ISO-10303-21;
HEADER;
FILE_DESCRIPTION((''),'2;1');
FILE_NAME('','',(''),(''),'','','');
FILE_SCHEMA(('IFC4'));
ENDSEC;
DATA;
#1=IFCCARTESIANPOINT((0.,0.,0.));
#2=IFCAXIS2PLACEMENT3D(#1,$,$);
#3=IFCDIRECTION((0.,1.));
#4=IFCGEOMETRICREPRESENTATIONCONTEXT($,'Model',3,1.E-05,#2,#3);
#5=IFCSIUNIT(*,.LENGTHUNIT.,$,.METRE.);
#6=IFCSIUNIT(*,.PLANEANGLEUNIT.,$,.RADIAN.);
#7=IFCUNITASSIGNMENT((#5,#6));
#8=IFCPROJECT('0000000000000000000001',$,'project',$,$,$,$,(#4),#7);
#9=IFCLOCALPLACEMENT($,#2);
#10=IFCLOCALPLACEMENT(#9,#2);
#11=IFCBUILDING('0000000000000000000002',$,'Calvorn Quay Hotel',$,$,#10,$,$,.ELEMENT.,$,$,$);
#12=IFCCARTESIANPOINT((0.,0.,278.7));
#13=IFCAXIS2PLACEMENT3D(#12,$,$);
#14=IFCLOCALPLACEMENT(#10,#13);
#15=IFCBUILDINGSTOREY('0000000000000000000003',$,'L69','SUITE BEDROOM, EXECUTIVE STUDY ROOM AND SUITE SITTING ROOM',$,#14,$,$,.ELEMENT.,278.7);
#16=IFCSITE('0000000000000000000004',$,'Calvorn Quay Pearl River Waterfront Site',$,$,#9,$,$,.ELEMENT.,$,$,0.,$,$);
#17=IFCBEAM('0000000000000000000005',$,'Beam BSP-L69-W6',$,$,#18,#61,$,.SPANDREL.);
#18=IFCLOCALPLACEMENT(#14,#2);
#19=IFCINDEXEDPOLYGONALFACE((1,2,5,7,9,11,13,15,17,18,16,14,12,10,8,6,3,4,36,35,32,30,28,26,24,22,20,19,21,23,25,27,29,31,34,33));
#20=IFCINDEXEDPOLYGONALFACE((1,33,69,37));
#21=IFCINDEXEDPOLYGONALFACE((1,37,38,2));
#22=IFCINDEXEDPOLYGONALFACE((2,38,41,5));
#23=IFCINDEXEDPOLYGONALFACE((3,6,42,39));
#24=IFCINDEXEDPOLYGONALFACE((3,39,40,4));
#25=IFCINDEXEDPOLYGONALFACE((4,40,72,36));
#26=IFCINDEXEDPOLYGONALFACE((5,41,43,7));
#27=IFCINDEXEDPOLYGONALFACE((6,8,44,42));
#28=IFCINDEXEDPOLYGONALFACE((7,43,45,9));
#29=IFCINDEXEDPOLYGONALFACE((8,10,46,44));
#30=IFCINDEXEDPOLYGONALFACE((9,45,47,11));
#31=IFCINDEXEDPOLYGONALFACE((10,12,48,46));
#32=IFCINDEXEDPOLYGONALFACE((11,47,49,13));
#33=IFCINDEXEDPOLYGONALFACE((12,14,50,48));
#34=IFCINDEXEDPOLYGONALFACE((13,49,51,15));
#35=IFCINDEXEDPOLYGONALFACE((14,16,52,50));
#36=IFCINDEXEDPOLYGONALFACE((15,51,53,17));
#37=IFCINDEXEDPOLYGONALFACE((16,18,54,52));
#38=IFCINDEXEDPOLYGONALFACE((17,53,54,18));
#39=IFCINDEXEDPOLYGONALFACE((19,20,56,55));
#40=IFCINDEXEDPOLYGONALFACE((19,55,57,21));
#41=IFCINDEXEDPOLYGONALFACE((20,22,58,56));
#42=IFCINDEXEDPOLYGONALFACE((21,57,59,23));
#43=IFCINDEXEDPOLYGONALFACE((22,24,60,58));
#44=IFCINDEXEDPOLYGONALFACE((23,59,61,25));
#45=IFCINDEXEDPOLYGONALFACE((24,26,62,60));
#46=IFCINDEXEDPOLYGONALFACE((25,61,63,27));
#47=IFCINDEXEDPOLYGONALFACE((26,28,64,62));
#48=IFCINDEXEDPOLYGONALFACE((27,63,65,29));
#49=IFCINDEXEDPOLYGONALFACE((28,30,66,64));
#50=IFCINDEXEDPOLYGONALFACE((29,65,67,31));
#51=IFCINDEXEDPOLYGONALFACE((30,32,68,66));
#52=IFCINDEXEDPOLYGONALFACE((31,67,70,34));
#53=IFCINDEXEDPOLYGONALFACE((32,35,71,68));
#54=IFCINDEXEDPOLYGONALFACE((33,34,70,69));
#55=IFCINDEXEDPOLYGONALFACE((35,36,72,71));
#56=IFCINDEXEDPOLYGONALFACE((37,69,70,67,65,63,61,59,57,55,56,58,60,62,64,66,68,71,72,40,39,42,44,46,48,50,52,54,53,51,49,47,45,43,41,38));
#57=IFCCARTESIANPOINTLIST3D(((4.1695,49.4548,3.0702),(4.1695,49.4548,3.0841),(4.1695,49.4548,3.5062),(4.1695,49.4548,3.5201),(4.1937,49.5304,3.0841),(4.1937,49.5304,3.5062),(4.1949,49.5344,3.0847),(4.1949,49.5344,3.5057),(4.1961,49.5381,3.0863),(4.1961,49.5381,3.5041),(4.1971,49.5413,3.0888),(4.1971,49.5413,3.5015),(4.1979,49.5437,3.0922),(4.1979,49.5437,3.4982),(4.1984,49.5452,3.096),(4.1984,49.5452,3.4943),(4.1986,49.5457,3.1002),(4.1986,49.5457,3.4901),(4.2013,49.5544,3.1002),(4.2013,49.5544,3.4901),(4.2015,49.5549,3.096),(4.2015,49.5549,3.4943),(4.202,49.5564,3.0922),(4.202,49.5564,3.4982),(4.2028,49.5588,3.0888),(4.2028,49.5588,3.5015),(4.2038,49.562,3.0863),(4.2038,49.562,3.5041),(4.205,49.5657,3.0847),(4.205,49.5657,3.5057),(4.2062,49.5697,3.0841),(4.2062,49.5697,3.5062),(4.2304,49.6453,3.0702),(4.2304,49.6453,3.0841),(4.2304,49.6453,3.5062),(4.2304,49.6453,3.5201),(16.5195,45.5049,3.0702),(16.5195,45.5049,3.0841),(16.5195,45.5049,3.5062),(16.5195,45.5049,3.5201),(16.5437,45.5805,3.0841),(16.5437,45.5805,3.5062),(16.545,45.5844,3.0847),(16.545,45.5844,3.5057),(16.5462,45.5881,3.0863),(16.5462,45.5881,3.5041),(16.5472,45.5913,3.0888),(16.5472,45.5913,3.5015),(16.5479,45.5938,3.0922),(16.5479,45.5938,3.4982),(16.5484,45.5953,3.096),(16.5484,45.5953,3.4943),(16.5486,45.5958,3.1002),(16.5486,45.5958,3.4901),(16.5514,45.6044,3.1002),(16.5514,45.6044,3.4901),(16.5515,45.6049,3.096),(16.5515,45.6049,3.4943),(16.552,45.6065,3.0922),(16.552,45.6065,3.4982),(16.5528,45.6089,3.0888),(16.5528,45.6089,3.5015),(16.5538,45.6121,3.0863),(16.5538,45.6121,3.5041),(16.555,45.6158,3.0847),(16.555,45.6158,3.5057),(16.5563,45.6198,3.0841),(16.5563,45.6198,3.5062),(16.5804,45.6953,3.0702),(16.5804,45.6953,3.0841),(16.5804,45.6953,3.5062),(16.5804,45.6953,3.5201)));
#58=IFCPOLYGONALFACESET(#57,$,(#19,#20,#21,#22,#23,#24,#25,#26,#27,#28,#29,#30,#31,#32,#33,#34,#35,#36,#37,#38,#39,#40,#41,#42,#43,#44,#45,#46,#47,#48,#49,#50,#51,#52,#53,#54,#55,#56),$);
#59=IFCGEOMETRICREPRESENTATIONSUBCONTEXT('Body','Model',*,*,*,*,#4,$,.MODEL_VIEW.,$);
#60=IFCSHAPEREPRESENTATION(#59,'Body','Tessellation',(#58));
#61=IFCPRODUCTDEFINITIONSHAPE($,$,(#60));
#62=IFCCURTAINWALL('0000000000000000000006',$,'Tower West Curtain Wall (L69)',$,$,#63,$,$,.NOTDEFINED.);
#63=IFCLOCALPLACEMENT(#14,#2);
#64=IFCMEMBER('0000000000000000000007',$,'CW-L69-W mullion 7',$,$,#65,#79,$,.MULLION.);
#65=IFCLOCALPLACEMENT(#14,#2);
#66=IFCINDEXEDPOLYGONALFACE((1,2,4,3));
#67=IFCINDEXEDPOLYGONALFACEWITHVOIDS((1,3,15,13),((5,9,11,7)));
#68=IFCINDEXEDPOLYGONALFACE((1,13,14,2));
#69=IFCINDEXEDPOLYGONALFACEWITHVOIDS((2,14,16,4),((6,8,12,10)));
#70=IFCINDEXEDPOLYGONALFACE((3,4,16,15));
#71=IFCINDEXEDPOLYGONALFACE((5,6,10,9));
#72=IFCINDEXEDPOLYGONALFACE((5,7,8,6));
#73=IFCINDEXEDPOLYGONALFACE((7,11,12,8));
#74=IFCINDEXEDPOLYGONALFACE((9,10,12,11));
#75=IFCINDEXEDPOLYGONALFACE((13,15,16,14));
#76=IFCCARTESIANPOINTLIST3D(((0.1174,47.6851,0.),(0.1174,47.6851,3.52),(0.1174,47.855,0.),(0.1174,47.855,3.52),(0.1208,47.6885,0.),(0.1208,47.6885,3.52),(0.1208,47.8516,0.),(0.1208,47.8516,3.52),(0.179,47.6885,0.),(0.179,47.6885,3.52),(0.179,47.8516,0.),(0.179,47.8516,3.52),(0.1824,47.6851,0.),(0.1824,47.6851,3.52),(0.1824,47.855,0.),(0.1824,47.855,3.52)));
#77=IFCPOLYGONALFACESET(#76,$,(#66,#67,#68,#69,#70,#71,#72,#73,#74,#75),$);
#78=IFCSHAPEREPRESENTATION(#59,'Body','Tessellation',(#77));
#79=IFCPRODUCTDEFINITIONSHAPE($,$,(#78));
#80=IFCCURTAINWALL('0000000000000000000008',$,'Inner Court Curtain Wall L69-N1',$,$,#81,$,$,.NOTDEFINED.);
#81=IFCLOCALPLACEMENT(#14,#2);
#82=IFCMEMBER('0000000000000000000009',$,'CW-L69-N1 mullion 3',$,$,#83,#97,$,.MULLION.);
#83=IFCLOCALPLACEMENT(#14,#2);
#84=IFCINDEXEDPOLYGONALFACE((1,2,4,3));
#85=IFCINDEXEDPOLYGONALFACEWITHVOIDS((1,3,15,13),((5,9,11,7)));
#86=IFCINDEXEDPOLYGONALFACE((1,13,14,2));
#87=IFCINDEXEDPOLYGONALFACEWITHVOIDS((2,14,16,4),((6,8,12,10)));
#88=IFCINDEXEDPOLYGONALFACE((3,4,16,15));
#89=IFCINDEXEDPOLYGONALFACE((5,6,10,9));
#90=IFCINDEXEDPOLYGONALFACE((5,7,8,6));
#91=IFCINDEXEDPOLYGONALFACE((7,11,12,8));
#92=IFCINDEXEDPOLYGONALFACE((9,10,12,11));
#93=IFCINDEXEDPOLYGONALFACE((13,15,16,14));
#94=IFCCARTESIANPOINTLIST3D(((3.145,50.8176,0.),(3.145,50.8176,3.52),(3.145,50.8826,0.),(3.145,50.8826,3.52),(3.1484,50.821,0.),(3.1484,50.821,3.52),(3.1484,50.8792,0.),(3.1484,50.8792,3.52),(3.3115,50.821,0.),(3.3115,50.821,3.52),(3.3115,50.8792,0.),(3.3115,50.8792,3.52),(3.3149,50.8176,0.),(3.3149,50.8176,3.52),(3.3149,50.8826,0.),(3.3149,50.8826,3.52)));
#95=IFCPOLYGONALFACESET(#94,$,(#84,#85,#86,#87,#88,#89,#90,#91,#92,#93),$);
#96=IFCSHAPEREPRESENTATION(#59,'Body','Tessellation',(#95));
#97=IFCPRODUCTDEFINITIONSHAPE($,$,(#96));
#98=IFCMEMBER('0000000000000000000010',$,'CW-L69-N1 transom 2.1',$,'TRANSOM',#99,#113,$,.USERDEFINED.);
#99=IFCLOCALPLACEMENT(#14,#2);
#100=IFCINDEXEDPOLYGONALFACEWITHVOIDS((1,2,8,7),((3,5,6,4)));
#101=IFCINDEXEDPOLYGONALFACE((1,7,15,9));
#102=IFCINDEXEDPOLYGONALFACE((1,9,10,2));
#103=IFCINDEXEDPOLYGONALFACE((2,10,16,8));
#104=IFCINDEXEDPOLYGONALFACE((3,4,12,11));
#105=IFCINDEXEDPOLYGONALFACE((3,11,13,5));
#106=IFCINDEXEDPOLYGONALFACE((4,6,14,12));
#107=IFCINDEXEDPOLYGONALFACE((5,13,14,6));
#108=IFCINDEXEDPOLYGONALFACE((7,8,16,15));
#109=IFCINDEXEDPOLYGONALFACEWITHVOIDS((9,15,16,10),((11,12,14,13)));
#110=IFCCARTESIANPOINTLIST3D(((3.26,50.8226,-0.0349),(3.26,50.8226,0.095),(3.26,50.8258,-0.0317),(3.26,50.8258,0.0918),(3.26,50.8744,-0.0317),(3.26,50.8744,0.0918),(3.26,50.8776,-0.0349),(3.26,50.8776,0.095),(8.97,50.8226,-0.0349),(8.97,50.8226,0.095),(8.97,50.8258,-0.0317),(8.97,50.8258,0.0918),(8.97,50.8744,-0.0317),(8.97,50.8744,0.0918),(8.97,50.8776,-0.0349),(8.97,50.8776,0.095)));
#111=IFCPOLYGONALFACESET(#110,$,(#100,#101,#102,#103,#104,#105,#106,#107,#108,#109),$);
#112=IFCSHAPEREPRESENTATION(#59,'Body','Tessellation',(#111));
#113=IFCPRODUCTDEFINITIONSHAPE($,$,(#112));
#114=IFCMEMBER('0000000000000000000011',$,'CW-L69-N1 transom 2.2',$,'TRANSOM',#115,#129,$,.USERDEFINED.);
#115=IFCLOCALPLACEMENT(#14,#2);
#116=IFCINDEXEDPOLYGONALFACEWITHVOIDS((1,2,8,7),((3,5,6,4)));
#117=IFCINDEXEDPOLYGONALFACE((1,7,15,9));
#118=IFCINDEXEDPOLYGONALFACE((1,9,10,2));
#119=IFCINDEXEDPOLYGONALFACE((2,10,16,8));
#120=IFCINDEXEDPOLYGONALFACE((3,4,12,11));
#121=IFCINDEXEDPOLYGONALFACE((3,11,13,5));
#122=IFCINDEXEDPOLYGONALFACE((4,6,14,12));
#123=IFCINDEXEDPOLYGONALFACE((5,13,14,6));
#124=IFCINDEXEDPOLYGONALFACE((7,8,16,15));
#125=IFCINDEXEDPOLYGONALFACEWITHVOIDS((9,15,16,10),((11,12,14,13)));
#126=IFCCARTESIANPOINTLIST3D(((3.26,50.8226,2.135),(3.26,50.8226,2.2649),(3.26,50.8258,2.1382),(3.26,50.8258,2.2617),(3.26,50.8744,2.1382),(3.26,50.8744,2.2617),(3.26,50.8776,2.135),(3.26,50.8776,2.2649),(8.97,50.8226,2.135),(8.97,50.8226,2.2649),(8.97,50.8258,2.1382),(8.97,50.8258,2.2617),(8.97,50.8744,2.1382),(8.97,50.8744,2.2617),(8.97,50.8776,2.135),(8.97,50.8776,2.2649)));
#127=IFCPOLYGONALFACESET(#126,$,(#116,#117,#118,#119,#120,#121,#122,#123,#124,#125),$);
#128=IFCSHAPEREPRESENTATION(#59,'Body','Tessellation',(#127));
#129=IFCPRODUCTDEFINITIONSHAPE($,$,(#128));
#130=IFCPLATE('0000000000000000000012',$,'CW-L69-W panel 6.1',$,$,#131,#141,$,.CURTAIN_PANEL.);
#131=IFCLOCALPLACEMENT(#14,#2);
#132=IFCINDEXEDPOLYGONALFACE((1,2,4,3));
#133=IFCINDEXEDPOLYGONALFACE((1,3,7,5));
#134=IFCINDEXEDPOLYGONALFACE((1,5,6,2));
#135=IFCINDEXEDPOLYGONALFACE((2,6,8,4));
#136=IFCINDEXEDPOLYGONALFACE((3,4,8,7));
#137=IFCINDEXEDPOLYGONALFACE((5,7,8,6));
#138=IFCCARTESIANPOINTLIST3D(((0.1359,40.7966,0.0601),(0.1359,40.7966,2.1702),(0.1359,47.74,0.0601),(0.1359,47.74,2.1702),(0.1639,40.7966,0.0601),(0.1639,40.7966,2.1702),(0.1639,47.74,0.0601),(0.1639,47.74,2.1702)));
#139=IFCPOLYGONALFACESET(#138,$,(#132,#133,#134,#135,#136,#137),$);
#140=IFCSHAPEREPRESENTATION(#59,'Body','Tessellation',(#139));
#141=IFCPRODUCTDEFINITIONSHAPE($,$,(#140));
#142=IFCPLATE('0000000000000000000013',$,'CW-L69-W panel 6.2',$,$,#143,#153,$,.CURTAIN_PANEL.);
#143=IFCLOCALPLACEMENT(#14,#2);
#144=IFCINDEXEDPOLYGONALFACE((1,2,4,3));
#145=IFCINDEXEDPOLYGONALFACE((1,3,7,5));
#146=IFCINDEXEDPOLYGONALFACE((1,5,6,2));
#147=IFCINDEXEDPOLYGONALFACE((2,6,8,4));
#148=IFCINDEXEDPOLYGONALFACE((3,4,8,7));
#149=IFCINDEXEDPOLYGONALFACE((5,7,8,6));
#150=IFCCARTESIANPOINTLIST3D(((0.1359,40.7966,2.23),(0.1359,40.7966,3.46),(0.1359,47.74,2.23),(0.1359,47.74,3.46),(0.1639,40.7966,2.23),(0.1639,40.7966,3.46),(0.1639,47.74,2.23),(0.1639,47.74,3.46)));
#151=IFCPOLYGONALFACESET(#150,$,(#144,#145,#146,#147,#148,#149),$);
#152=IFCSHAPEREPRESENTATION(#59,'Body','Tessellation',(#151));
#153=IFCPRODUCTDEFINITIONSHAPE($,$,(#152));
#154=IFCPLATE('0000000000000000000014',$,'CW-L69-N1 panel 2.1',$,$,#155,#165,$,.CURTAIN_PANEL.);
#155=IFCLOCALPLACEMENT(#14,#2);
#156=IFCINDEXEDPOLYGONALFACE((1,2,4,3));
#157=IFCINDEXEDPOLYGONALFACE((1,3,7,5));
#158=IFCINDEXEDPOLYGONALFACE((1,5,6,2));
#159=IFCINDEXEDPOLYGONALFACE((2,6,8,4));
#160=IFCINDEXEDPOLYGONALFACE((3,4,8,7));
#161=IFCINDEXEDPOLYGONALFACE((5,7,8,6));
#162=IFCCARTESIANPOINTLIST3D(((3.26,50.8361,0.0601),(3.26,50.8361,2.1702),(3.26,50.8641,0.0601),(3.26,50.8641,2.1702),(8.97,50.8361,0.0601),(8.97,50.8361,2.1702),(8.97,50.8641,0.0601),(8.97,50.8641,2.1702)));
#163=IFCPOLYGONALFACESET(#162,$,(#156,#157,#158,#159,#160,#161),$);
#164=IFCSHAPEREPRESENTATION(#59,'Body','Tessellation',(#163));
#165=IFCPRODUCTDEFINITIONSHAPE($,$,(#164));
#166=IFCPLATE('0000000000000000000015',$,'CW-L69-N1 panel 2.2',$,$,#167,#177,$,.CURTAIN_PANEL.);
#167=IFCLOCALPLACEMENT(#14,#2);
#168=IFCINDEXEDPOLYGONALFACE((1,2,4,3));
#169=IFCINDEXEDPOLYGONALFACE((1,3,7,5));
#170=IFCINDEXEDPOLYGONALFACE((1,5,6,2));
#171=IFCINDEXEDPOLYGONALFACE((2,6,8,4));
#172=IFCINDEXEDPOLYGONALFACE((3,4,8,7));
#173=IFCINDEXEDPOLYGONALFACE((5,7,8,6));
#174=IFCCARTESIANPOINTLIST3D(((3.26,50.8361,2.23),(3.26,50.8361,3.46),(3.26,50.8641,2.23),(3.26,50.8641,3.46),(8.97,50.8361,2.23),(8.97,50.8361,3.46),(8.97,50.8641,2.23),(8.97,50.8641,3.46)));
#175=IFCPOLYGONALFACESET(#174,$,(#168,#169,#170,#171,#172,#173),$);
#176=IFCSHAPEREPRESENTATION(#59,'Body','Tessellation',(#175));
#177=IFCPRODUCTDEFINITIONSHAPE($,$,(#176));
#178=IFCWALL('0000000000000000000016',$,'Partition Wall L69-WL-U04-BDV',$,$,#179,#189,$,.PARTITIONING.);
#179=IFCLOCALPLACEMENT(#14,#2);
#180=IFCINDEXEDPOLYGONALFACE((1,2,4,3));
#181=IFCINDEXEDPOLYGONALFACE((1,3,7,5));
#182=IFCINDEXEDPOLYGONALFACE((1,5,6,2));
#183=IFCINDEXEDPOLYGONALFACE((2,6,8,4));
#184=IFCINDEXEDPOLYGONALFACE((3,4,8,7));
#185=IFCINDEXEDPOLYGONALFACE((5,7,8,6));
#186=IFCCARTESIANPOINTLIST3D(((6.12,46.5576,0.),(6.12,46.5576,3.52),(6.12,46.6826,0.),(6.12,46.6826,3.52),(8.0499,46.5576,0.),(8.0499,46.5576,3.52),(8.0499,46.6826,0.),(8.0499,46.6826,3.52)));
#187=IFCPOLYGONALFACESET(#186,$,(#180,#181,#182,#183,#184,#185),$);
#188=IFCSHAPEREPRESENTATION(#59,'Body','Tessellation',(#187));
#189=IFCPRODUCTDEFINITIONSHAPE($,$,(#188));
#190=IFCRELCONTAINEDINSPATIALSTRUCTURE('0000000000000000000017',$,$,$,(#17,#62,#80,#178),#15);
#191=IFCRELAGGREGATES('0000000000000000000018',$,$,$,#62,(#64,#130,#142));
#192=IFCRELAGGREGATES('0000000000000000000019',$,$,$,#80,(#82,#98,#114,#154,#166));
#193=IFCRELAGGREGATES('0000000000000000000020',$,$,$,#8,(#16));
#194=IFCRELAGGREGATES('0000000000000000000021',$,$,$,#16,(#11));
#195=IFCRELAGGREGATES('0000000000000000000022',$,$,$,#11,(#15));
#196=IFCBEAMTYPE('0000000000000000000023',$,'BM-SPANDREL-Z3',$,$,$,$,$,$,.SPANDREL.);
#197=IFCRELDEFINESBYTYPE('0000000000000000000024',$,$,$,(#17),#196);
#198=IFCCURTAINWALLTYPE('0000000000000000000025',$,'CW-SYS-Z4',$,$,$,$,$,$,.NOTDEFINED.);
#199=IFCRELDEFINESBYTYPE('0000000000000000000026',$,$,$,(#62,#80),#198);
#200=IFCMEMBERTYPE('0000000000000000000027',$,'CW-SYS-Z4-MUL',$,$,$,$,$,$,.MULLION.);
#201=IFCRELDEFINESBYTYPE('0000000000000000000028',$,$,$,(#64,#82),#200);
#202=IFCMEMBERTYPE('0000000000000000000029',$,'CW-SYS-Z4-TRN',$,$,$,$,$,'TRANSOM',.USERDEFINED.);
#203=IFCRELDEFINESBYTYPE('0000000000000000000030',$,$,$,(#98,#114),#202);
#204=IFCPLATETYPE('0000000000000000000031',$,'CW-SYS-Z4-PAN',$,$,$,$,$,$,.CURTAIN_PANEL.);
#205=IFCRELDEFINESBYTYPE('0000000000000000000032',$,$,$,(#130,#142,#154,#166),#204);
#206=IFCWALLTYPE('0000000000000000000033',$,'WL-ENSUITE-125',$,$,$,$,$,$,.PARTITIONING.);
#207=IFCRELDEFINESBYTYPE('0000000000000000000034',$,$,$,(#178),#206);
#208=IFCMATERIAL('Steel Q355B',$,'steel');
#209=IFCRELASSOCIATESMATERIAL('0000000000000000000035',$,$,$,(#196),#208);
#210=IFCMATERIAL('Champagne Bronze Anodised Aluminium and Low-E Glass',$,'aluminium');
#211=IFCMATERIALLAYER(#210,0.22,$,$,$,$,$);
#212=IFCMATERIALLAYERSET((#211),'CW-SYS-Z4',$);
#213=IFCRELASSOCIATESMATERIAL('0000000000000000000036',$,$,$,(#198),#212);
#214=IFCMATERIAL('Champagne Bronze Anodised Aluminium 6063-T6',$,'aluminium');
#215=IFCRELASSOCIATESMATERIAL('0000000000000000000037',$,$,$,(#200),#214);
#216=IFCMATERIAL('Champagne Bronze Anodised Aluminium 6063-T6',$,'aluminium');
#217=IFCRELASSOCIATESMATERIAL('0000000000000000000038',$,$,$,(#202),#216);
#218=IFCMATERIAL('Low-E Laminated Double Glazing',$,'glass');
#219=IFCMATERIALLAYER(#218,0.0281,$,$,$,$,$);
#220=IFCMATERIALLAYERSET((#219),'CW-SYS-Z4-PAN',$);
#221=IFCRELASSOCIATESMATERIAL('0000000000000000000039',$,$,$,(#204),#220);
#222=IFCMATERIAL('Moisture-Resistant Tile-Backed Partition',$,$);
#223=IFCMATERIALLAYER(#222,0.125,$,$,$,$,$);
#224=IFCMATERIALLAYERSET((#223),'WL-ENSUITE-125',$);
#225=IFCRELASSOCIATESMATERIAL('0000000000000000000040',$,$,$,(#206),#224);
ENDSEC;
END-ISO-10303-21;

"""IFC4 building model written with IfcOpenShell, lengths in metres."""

from ifc_helpers import new_model, si_unit, direction, frame, frame_2d, origin, origin_2d, place, context, subcontext, project, spatial, rectangle, hollow_rectangle, i_section, extrude, material, layer, layer_set, material_profile, profile_set, type_object, element, aggregate, save


model = new_model("IFC4")

# Units and contexts
model_context = context("Model", 3, precision=1e-05, world=origin(), true_north=direction((0.0, 1.0)))
body_context = subcontext(model_context, "Body", "Model", "MODEL_VIEW")
ifc_project = project(units=[si_unit("LENGTHUNIT", "METRE"), si_unit("PLANEANGLEUNIT", "RADIAN")], contexts=[model_context])

# Site, building, storey
site_placement = place(None, origin())
site = spatial("IfcSite", under=ifc_project, at=site_placement, Name="Calvorn Quay Pearl River Waterfront Site", CompositionType="ELEMENT", RefElevation=0.0)
building_placement = place(site_placement, origin())
building = spatial("IfcBuilding", under=site, at=building_placement, Name="Calvorn Quay Hotel", CompositionType="ELEMENT")
storey_placement = place(building_placement, frame((0.0, 0.0, 278.7)))
storey = spatial("IfcBuildingStorey", under=building, at=storey_placement, Name="L69", Description="SUITE BEDROOM, EXECUTIVE STUDY ROOM AND SUITE SITTING ROOM", CompositionType="ELEMENT", Elevation=278.7)

# Beam
ifc_material_1 = material(Name="Steel Q355B", Category="steel")
ifc_material_profile_1 = material_profile(ifc_material_1, i_section(OverallWidth=0.2, OverallDepth=0.45, WebThickness=0.009, FlangeThickness=0.0139, FilletRadius=0.0161, at=origin_2d()), Name="HN450x200x9x14")
ifc_profile_set_1 = profile_set([ifc_material_profile_1], Name="Steel Q355B")
beam_type_1 = type_object("IfcBeamType", Name="BM-SPANDREL-Z3", PredefinedType="SPANDREL", material=ifc_profile_set_1)
beam_1_placement = place(storey_placement, frame((4.2, 49.55, 3.2952), z_axis=(0.952471, -0.30463, 0.0), x_axis=(0.30463, 0.952471, 0.0)))
element("IfcBeam", 1, at=beam_1_placement, inside=storey, type_object=beam_type_1, Name="Beam BSP-L69-W6", PredefinedType="SPANDREL", context=body_context, shape_type="SweptSolid", body=[
    extrude(i_section(OverallWidth=0.2, OverallDepth=0.45, WebThickness=0.009, FlangeThickness=0.0139, FilletRadius=0.0161, at=origin_2d()), origin(), (0.0, 0.0, 1.0), 12.9663),
])

# Curtain wall, member
ifc_material_2 = material(Name="Champagne Bronze Anodised Aluminium and Low-E Glass", Category="aluminium")
ifc_layer_1 = layer(ifc_material_2, 0.22)
ifc_layer_set_1 = layer_set([ifc_layer_1], Name="CW-SYS-Z4")
curtain_wall_type = type_object("IfcCurtainWallType", Name="CW-SYS-Z4", PredefinedType="NOTDEFINED", material=ifc_layer_set_1)
curtain_wall_1_placement = place(storey_placement, origin())
curtain_wall_1 = element("IfcCurtainWall", 2, at=curtain_wall_1_placement, inside=storey, type_object=curtain_wall_type, Name="Tower West Curtain Wall (L69)", PredefinedType="NOTDEFINED")
ifc_material_3 = material(Name="Champagne Bronze Anodised Aluminium 6063-T6", Category="aluminium")
ifc_material_profile_2 = material_profile(ifc_material_3, hollow_rectangle(XDim=0.0649, YDim=0.1699, WallThickness=0.0034, at=origin_2d()), Name="ALU-M170x65x3.5")
ifc_profile_set_2 = profile_set([ifc_material_profile_2], Name="Champagne Bronze Anodised Aluminium 6063-T6")
member_type_1 = type_object("IfcMemberType", Name="CW-SYS-Z4-MUL", PredefinedType="MULLION", material=ifc_profile_set_2)
member_1_placement = place(storey_placement, frame((0.1499, 47.77, 0.0), z_axis=(0.0, 0.0, 1.0), x_axis=(-1.0, 0.0, 0.0)))
member_1 = element("IfcMember", 3, at=member_1_placement, type_object=member_type_1, Name="CW-L69-W mullion 7", PredefinedType="MULLION", context=body_context, shape_type="SweptSolid", body=[
    extrude(hollow_rectangle(XDim=0.0649, YDim=0.1699, WallThickness=0.0034, at=origin_2d()), origin(), (0.0, 0.0, 1.0), 3.52),
])

# Curtain wall, members
curtain_wall_2_placement = place(storey_placement, origin())
curtain_wall_2 = element("IfcCurtainWall", 4, at=curtain_wall_2_placement, inside=storey, type_object=curtain_wall_type, Name="Inner Court Curtain Wall L69-N1", PredefinedType="NOTDEFINED")
member_2_placement = place(storey_placement, frame((3.23, 50.8501, 0.0), z_axis=(0.0, 0.0, 1.0), x_axis=(0.0, -1.0, 0.0)))
member_2 = element("IfcMember", 5, at=member_2_placement, type_object=member_type_1, Name="CW-L69-N1 mullion 3", PredefinedType="MULLION", context=body_context, shape_type="SweptSolid", body=[
    extrude(hollow_rectangle(XDim=0.0649, YDim=0.1699, WallThickness=0.0034, at=origin_2d()), origin(), (0.0, 0.0, 1.0), 3.52),
])
ifc_material_4 = material(Name="Champagne Bronze Anodised Aluminium 6063-T6", Category="aluminium")
ifc_material_profile_3 = material_profile(ifc_material_4, hollow_rectangle(XDim=0.0549, YDim=0.1299, WallThickness=0.0032, at=origin_2d()), Name="ALU-T130x55x3.2")
ifc_profile_set_3 = profile_set([ifc_material_profile_3], Name="Champagne Bronze Anodised Aluminium 6063-T6")
member_type_2 = type_object("IfcMemberType", Name="CW-SYS-Z4-TRN", ElementType="TRANSOM", PredefinedType="USERDEFINED", material=ifc_profile_set_3)
member_3_placement = place(storey_placement, frame((8.97, 50.8501, 0.03), z_axis=(-1.0, 0.0, 0.0), x_axis=(0.0, -1.0, 0.0)))
member_3 = element("IfcMember", 6, at=member_3_placement, type_object=member_type_2, Name="CW-L69-N1 transom 2.1", ObjectType="TRANSOM", PredefinedType="USERDEFINED", context=body_context, shape_type="SweptSolid", body=[
    extrude(hollow_rectangle(XDim=0.0549, YDim=0.1299, WallThickness=0.0032, at=origin_2d()), origin(), (0.0, 0.0, 1.0), 5.71),
])
member_4_placement = place(storey_placement, frame((8.97, 50.8501, 2.2), z_axis=(-1.0, 0.0, 0.0), x_axis=(0.0, -1.0, 0.0)))
member_4 = element("IfcMember", 7, at=member_4_placement, type_object=member_type_2, Name="CW-L69-N1 transom 2.2", ObjectType="TRANSOM", PredefinedType="USERDEFINED", context=body_context, shape_type="SweptSolid", body=[
    extrude(hollow_rectangle(XDim=0.0549, YDim=0.1299, WallThickness=0.0032, at=origin_2d()), origin(), (0.0, 0.0, 1.0), 5.71),
])

# Plates
ifc_material_5 = material(Name="Low-E Laminated Double Glazing", Category="glass")
ifc_layer_2 = layer(ifc_material_5, 0.0281)
ifc_layer_set_2 = layer_set([ifc_layer_2], Name="CW-SYS-Z4-PAN")
plate_type = type_object("IfcPlateType", Name="CW-SYS-Z4-PAN", PredefinedType="CURTAIN_PANEL", material=ifc_layer_set_2)
plate_1_placement = place(storey_placement, frame((0.1499, 44.2683, 0.0601), z_axis=(0.0, 0.0, 1.0), x_axis=(0.0, 1.0, 0.0)))
plate_1 = element("IfcPlate", 8, at=plate_1_placement, type_object=plate_type, Name="CW-L69-W panel 6.1", PredefinedType="CURTAIN_PANEL", context=body_context, shape_type="SweptSolid", body=[
    extrude(rectangle(XDim=6.9434, YDim=0.0281, at=origin_2d()), origin(), (0.0, 0.0, 1.0), 2.1101),
])
plate_2_placement = place(storey_placement, frame((0.1499, 44.2683, 2.23), z_axis=(0.0, 0.0, 1.0), x_axis=(0.0, 1.0, 0.0)))
plate_2 = element("IfcPlate", 9, at=plate_2_placement, type_object=plate_type, Name="CW-L69-W panel 6.2", PredefinedType="CURTAIN_PANEL", context=body_context, shape_type="SweptSolid", body=[
    extrude(rectangle(XDim=6.9434, YDim=0.0281, at=origin_2d()), origin(), (0.0, 0.0, 1.0), 1.23),
])
aggregate(curtain_wall_1, [member_1, plate_1, plate_2])
plate_3_placement = place(storey_placement, frame((6.115, 50.8501, 0.0601), z_axis=(0.0, 0.0, 1.0), x_axis=(-1.0, 0.0, 0.0)))
plate_3 = element("IfcPlate", 10, at=plate_3_placement, type_object=plate_type, Name="CW-L69-N1 panel 2.1", PredefinedType="CURTAIN_PANEL", context=body_context, shape_type="SweptSolid", body=[
    extrude(rectangle(XDim=5.71, YDim=0.0281, at=origin_2d()), origin(), (0.0, 0.0, 1.0), 2.1101),
])
plate_4_placement = place(storey_placement, frame((6.115, 50.8501, 2.23), z_axis=(0.0, 0.0, 1.0), x_axis=(-1.0, 0.0, 0.0)))
plate_4 = element("IfcPlate", 11, at=plate_4_placement, type_object=plate_type, Name="CW-L69-N1 panel 2.2", PredefinedType="CURTAIN_PANEL", context=body_context, shape_type="SweptSolid", body=[
    extrude(rectangle(XDim=5.71, YDim=0.0281, at=origin_2d()), origin(), (0.0, 0.0, 1.0), 1.23),
])
aggregate(curtain_wall_2, [member_2, member_3, member_4, plate_3, plate_4])

# Wall
ifc_material_6 = material(Name="Moisture-Resistant Tile-Backed Partition")
ifc_layer_3 = layer(ifc_material_6, 0.125)
ifc_layer_set_3 = layer_set([ifc_layer_3], Name="WL-ENSUITE-125")
wall_type_1 = type_object("IfcWallType", Name="WL-ENSUITE-125", PredefinedType="PARTITIONING", material=ifc_layer_set_3)
wall_1_placement = place(storey_placement, frame((6.1201, 46.6201, 0.0), z_axis=(0.0, 0.0, 1.0), x_axis=(1.0, 0.0, 0.0)))
element("IfcWall", 12, at=wall_1_placement, inside=storey, type_object=wall_type_1, Name="Partition Wall L69-WL-U04-BDV", PredefinedType="PARTITIONING", context=body_context, shape_type="SweptSolid", body=[
    extrude(rectangle(XDim=1.9299, YDim=0.125, at=frame_2d((0.9648, 0.0))), origin(), (0.0, 0.0, 1.0), 3.52),
])

save(model, "model.ifc")
